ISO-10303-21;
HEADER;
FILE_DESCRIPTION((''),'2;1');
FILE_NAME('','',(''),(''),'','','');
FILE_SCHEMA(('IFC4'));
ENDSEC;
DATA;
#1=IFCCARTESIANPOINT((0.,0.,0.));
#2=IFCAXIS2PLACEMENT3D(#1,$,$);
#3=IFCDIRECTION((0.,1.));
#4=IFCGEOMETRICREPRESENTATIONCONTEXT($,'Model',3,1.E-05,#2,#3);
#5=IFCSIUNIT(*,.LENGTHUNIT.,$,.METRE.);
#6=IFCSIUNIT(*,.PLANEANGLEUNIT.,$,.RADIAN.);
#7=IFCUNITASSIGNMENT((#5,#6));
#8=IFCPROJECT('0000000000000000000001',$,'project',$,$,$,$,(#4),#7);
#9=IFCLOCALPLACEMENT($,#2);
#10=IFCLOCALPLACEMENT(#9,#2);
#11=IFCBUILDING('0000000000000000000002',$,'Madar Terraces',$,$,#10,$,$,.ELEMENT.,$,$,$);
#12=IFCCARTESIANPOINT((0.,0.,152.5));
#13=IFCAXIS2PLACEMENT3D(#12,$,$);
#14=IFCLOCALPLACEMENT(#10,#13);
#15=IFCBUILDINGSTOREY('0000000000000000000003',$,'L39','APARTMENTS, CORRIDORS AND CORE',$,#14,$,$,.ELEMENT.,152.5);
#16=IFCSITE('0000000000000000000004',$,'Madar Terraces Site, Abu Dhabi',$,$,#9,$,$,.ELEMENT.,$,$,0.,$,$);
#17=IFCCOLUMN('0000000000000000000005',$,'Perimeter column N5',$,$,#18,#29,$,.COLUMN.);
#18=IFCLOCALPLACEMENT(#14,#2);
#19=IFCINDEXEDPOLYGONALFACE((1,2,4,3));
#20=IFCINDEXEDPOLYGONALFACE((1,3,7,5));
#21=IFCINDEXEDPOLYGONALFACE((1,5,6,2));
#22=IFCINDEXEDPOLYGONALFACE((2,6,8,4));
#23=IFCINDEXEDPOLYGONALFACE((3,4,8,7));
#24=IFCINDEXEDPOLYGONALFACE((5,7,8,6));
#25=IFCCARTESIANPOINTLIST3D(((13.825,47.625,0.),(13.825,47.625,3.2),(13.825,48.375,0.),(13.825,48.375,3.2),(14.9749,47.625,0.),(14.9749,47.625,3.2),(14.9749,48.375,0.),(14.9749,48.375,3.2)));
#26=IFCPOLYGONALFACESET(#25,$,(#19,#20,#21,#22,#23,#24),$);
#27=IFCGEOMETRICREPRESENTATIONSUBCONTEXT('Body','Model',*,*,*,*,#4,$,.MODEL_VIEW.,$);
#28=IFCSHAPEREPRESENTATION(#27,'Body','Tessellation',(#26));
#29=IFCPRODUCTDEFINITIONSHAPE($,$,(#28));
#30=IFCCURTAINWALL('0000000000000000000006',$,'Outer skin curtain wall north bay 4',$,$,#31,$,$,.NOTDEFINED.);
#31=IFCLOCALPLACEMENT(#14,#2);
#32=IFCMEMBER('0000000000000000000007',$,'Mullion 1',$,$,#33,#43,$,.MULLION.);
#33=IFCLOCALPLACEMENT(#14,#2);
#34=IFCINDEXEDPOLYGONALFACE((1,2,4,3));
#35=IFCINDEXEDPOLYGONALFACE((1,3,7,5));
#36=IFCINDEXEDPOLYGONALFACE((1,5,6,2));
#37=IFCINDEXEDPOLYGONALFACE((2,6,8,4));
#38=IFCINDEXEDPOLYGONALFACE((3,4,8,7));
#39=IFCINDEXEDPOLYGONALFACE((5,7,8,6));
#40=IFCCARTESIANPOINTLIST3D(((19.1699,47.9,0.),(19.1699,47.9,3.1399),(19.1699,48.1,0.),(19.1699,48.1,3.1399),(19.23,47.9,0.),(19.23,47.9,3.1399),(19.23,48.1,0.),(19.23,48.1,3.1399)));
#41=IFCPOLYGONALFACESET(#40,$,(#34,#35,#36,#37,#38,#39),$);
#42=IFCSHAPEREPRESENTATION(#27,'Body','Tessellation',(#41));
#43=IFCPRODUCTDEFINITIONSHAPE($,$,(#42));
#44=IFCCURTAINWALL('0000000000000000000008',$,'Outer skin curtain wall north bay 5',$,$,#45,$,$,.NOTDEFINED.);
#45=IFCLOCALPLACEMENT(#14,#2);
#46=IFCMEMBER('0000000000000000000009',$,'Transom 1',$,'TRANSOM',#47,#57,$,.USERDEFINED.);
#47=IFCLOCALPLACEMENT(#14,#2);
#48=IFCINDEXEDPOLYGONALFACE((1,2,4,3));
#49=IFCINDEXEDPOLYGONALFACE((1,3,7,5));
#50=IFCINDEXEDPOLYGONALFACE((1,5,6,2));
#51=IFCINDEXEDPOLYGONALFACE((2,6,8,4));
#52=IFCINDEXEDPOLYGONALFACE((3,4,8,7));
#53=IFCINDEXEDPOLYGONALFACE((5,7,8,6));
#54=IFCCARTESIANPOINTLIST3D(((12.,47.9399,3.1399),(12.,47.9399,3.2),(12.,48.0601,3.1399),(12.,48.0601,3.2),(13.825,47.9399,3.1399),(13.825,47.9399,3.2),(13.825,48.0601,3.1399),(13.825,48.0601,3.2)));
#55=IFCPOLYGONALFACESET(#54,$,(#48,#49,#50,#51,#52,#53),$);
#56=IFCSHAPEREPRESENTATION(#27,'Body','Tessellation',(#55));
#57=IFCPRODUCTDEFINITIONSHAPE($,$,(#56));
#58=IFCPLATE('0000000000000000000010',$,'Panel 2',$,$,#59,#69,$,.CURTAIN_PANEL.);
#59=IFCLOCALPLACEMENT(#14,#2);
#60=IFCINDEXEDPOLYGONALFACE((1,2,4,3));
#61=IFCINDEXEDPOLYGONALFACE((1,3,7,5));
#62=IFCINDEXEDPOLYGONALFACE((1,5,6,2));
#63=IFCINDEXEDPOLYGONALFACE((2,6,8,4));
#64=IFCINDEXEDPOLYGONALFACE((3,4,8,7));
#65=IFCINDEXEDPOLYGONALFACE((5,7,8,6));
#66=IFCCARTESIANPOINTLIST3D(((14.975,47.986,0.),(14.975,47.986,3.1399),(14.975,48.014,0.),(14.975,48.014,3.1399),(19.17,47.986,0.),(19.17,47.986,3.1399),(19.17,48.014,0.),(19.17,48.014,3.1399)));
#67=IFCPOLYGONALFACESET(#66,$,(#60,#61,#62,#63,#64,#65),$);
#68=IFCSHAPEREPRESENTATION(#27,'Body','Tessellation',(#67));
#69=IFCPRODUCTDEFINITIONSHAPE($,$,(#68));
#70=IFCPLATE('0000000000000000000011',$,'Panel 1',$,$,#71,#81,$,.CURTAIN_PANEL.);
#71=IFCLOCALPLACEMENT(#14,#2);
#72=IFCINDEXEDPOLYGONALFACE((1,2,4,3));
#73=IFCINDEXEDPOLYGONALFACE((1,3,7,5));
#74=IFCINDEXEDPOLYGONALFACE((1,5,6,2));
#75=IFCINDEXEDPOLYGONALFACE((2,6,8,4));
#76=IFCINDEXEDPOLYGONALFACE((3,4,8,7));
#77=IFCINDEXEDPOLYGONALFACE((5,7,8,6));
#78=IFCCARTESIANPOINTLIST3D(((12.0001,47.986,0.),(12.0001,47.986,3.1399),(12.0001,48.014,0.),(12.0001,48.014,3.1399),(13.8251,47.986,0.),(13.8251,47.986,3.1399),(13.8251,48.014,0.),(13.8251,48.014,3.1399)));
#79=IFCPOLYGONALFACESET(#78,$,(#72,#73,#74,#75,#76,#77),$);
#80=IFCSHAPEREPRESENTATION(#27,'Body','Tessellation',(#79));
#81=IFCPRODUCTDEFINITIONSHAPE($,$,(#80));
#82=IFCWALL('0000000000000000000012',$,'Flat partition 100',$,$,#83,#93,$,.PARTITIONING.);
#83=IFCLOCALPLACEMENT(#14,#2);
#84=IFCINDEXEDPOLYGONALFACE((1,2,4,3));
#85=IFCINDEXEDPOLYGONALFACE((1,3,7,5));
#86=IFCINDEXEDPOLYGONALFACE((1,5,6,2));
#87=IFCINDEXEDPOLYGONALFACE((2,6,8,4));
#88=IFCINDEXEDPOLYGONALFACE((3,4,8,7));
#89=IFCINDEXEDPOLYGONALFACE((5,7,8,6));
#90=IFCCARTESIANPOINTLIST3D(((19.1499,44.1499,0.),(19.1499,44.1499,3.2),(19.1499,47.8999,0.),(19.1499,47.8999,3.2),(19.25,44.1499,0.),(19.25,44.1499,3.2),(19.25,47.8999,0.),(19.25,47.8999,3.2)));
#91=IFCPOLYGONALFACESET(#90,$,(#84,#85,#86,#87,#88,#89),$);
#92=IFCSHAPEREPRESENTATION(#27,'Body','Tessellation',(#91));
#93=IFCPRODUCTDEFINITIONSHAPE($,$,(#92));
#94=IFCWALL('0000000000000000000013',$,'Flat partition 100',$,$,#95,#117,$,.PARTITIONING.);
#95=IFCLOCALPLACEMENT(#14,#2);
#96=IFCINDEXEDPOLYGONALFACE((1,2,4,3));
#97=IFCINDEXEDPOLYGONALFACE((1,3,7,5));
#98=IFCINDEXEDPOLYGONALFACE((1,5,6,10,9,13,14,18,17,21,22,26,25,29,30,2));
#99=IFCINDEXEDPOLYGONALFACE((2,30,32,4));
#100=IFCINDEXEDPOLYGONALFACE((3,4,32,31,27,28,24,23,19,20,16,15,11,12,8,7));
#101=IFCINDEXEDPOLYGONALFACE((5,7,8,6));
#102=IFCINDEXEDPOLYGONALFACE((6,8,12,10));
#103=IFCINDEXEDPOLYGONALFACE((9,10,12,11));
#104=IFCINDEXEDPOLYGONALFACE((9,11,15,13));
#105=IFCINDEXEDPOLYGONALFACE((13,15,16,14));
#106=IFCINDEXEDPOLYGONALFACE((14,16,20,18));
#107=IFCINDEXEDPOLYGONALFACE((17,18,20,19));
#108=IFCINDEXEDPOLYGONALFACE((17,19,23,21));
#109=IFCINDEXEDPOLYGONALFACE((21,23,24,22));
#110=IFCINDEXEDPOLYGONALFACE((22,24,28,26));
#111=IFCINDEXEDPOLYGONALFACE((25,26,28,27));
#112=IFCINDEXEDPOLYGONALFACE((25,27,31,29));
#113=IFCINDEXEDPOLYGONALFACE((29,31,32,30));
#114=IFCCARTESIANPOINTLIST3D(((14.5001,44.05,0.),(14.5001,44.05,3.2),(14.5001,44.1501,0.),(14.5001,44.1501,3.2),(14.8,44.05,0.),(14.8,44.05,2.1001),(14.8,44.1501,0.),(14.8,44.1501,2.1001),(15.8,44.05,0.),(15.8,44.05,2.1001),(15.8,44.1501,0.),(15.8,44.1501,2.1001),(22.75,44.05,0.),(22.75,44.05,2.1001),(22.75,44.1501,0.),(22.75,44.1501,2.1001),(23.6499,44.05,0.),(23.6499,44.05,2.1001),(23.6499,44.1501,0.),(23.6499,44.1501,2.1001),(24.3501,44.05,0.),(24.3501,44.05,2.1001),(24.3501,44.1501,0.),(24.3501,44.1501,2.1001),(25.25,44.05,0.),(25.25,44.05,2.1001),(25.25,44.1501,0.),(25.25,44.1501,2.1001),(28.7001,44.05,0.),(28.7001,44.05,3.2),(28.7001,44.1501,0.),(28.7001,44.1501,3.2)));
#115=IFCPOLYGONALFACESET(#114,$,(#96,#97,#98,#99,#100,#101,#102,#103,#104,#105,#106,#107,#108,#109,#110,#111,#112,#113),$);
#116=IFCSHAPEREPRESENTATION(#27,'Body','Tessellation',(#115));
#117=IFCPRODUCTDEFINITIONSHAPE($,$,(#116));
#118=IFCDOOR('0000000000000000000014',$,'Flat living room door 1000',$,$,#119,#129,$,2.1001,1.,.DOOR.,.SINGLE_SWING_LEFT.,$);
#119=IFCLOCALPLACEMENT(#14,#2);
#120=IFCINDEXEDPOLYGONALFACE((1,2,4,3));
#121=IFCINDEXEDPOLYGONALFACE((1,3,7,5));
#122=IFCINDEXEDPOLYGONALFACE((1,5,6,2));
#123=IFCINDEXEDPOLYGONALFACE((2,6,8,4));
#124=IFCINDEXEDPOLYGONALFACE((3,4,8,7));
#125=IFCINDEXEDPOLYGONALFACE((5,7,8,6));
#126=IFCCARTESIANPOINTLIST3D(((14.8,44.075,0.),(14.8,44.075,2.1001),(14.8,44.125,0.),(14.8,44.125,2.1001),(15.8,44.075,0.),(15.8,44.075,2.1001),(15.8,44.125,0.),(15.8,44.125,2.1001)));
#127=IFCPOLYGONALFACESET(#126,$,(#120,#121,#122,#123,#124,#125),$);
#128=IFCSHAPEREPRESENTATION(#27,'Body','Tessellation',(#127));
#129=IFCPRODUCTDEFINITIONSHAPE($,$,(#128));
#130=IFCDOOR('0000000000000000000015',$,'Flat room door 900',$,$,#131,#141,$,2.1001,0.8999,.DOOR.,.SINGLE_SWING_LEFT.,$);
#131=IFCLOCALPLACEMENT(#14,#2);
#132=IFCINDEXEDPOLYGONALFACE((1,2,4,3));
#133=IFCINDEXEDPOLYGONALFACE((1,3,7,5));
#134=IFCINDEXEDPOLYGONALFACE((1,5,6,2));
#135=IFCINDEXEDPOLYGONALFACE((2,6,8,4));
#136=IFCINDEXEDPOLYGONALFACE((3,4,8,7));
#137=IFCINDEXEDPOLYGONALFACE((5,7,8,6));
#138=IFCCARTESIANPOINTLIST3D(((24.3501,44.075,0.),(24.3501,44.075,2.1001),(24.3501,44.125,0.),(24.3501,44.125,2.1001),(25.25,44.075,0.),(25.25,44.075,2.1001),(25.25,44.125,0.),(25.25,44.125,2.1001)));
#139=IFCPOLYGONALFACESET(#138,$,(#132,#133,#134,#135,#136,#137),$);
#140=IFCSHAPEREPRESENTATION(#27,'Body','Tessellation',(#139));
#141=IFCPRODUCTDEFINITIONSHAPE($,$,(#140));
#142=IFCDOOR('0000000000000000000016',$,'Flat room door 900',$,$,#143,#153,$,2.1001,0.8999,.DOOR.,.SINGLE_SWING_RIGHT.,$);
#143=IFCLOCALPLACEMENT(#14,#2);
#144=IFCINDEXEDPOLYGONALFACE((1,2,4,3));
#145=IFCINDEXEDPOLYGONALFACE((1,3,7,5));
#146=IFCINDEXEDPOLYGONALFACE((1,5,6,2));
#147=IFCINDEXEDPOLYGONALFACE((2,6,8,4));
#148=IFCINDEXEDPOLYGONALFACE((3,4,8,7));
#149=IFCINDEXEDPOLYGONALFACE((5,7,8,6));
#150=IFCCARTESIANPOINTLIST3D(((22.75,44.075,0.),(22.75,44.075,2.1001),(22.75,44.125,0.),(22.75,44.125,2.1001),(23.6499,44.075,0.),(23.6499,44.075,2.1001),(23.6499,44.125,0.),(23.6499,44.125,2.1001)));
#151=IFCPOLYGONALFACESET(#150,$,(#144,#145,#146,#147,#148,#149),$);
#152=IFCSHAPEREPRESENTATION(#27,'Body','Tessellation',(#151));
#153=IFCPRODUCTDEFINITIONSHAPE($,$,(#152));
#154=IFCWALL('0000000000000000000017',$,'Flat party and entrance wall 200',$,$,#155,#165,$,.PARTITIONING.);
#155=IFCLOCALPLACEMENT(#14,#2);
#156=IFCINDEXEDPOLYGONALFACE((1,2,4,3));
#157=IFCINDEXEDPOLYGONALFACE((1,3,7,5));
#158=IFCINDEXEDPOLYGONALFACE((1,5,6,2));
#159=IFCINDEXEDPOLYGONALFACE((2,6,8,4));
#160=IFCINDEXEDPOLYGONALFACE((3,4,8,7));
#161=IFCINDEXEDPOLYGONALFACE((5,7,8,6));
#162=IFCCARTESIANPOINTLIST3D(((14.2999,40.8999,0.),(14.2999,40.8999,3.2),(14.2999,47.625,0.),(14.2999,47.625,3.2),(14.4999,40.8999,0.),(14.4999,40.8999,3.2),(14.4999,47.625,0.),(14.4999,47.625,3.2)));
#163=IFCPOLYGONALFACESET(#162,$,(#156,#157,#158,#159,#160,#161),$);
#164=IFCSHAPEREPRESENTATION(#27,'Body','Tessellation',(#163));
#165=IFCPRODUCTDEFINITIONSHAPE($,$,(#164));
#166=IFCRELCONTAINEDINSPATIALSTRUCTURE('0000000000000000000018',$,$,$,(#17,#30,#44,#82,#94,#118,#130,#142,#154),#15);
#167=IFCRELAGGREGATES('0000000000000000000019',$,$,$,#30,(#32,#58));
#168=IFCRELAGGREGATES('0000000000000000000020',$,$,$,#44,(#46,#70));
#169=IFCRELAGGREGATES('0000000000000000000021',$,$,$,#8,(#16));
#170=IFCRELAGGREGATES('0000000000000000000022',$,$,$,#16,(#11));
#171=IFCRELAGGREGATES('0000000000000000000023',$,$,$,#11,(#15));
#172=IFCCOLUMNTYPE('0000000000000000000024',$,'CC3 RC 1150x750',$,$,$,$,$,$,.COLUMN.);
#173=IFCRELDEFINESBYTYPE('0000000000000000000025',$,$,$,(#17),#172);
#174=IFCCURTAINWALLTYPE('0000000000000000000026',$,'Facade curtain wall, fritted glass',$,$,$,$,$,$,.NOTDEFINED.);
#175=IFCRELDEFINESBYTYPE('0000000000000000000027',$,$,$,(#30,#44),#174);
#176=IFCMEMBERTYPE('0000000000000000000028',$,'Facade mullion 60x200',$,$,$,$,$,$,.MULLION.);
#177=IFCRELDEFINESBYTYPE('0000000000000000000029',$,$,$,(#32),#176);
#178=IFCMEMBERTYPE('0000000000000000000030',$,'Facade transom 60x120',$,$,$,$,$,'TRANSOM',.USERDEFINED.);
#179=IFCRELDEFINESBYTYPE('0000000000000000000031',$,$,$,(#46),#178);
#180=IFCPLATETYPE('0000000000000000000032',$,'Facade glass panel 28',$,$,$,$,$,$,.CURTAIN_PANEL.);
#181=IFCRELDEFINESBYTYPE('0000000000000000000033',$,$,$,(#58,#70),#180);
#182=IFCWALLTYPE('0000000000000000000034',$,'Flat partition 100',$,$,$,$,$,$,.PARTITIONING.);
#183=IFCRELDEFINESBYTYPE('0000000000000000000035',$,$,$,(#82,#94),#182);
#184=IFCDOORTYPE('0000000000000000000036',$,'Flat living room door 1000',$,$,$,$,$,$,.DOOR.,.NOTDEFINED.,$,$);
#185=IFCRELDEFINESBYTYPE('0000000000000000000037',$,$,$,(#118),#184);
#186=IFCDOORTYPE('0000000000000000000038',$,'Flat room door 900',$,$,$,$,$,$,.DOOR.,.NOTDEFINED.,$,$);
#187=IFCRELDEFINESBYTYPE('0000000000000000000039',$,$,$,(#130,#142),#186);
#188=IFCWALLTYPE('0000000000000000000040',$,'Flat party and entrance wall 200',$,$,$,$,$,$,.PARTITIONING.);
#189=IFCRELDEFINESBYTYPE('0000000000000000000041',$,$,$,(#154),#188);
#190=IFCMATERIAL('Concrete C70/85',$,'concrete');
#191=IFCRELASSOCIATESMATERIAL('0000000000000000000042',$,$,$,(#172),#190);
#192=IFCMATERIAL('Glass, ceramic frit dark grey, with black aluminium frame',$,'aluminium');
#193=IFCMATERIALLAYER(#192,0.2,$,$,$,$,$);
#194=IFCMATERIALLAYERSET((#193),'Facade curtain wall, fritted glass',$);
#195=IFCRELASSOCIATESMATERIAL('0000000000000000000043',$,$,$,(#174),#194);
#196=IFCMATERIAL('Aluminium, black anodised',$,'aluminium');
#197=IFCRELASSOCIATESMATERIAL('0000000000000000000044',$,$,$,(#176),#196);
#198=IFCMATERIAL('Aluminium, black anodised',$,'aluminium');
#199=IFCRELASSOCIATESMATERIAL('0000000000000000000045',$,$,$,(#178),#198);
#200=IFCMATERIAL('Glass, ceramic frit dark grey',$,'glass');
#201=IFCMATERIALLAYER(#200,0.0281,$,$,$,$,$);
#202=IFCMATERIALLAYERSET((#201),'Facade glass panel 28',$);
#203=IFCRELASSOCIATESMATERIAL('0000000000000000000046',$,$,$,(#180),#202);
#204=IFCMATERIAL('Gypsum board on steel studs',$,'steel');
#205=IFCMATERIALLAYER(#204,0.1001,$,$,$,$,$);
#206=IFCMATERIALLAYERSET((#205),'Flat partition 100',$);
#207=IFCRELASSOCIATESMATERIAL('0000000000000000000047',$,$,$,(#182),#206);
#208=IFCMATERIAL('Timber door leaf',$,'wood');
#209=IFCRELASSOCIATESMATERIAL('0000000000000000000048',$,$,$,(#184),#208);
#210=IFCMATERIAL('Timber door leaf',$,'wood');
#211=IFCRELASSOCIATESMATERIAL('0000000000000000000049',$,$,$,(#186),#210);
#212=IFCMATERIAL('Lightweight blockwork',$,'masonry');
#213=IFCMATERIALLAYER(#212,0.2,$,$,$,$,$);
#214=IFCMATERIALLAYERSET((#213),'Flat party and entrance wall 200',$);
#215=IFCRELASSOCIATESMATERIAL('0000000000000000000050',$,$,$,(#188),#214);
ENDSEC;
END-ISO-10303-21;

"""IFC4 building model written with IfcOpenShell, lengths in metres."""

from ifc_helpers import new_model, si_unit, direction, frame, frame_2d, origin, origin_2d, place, context, subcontext, project, spatial, rectangle, extrude, material, layer, layer_set, material_profile, profile_set, type_object, element, fill, aggregate, save


model = new_model("IFC4")

# Units and contexts
model_context = context("Model", 3, precision=1e-05, world=origin(), true_north=direction((0.0, 1.0)))
body_context = subcontext(model_context, "Body", "Model", "MODEL_VIEW")
ifc_project = project(units=[si_unit("LENGTHUNIT", "METRE"), si_unit("PLANEANGLEUNIT", "RADIAN")], contexts=[model_context])

# Site, building, storey
site_placement = place(None, origin())
site = spatial("IfcSite", under=ifc_project, at=site_placement, Name="Madar Terraces Site, Abu Dhabi", CompositionType="ELEMENT", RefElevation=0.0)
building_placement = place(site_placement, origin())
building = spatial("IfcBuilding", under=site, at=building_placement, Name="Madar Terraces", CompositionType="ELEMENT")
storey_placement = place(building_placement, frame((0.0, 0.0, 152.5)))
storey = spatial("IfcBuildingStorey", under=building, at=storey_placement, Name="L39", Description="APARTMENTS, CORRIDORS AND CORE", CompositionType="ELEMENT", Elevation=152.5)

# Column
ifc_material_1 = material(Name="Concrete C70/85", Category="concrete")
ifc_material_profile_1 = material_profile(ifc_material_1, rectangle(XDim=1.1499, YDim=0.75, at=origin_2d()), Name="CC3 RC 1150x750")
ifc_profile_set_1 = profile_set([ifc_material_profile_1], Name="Concrete C70/85")
column_type = type_object("IfcColumnType", Name="CC3 RC 1150x750", PredefinedType="COLUMN", material=ifc_profile_set_1)
column_placement = place(storey_placement, frame((14.3999, 48.0, 0.0), z_axis=(0.0, 0.0, 1.0), x_axis=(1.0, 0.0, 0.0)))
element("IfcColumn", 1, at=column_placement, inside=storey, type_object=column_type, Name="Perimeter column N5", PredefinedType="COLUMN", context=body_context, shape_type="SweptSolid", body=[
    extrude(rectangle(XDim=1.1499, YDim=0.75, at=origin_2d()), origin(), (0.0, 0.0, 1.0), 3.2),
])

# Curtain walls, members
ifc_material_2 = material(Name="Glass, ceramic frit dark grey, with black aluminium frame", Category="aluminium")
ifc_layer_1 = layer(ifc_material_2, 0.2)
ifc_layer_set_1 = layer_set([ifc_layer_1], Name="Facade curtain wall, fritted glass")
curtain_wall_type = type_object("IfcCurtainWallType", Name="Facade curtain wall, fritted glass", PredefinedType="NOTDEFINED", material=ifc_layer_set_1)
curtain_wall_1_placement = place(storey_placement, origin())
curtain_wall_1 = element("IfcCurtainWall", 2, at=curtain_wall_1_placement, inside=storey, type_object=curtain_wall_type, Name="Outer skin curtain wall north bay 4", PredefinedType="NOTDEFINED")
ifc_material_3 = material(Name="Aluminium, black anodised", Category="aluminium")
ifc_material_profile_2 = material_profile(ifc_material_3, rectangle(XDim=0.2, YDim=0.0601, at=origin_2d()), Name="Facade mullion 60x200")
ifc_profile_set_2 = profile_set([ifc_material_profile_2], Name="Aluminium, black anodised")
member_type_1 = type_object("IfcMemberType", Name="Facade mullion 60x200", PredefinedType="MULLION", material=ifc_profile_set_2)
member_1_placement = place(storey_placement, frame((19.2, 48.0, 0.0), z_axis=(0.0, 0.0, 1.0), x_axis=(0.0, -1.0, 0.0)))
member_1 = element("IfcMember", 3, at=member_1_placement, type_object=member_type_1, Name="Mullion 1", PredefinedType="MULLION", context=body_context, shape_type="SweptSolid", body=[
    extrude(rectangle(XDim=0.2, YDim=0.0601, at=origin_2d()), origin(), (0.0, 0.0, 1.0), 3.1399),
])
curtain_wall_2_placement = place(storey_placement, origin())
curtain_wall_2 = element("IfcCurtainWall", 4, at=curtain_wall_2_placement, inside=storey, type_object=curtain_wall_type, Name="Outer skin curtain wall north bay 5", PredefinedType="NOTDEFINED")
ifc_material_4 = material(Name="Aluminium, black anodised", Category="aluminium")
ifc_material_profile_3 = material_profile(ifc_material_4, rectangle(XDim=0.1201, YDim=0.0601, at=origin_2d()), Name="Facade transom 60x120")
ifc_profile_set_3 = profile_set([ifc_material_profile_3], Name="Aluminium, black anodised")
member_type_2 = type_object("IfcMemberType", Name="Facade transom 60x120", ElementType="TRANSOM", PredefinedType="USERDEFINED", material=ifc_profile_set_3)
member_2_placement = place(storey_placement, frame((13.825, 48.0, 3.1699), z_axis=(-1.0, 0.0, 0.0), x_axis=(0.0, -1.0, 0.0)))
member_2 = element("IfcMember", 5, at=member_2_placement, type_object=member_type_2, Name="Transom 1", ObjectType="TRANSOM", PredefinedType="USERDEFINED", context=body_context, shape_type="SweptSolid", body=[
    extrude(rectangle(XDim=0.1201, YDim=0.0601, at=origin_2d()), origin(), (0.0, 0.0, 1.0), 1.825),
])

# Plates
ifc_material_5 = material(Name="Glass, ceramic frit dark grey", Category="glass")
ifc_layer_2 = layer(ifc_material_5, 0.0281)
ifc_layer_set_2 = layer_set([ifc_layer_2], Name="Facade glass panel 28")
plate_type = type_object("IfcPlateType", Name="Facade glass panel 28", PredefinedType="CURTAIN_PANEL", material=ifc_layer_set_2)
plate_1_placement = place(storey_placement, frame((17.0725, 48.0, 0.0), z_axis=(0.0, 0.0, 1.0), x_axis=(-1.0, 0.0, 0.0)))
plate_1 = element("IfcPlate", 6, at=plate_1_placement, type_object=plate_type, Name="Panel 2", PredefinedType="CURTAIN_PANEL", context=body_context, shape_type="SweptSolid", body=[
    extrude(rectangle(XDim=4.1951, YDim=0.0281, at=origin_2d()), origin(), (0.0, 0.0, 1.0), 3.1399),
])
aggregate(curtain_wall_1, [member_1, plate_1])
plate_2_placement = place(storey_placement, frame((12.9126, 48.0, 0.0), z_axis=(0.0, 0.0, 1.0), x_axis=(-1.0, 0.0, 0.0)))
plate_2 = element("IfcPlate", 7, at=plate_2_placement, type_object=plate_type, Name="Panel 1", PredefinedType="CURTAIN_PANEL", context=body_context, shape_type="SweptSolid", body=[
    extrude(rectangle(XDim=1.825, YDim=0.0281, at=origin_2d()), origin(), (0.0, 0.0, 1.0), 3.1399),
])
aggregate(curtain_wall_2, [member_2, plate_2])

# Wall
ifc_material_6 = material(Name="Gypsum board on steel studs", Category="steel")
ifc_layer_3 = layer(ifc_material_6, 0.1001)
ifc_layer_set_3 = layer_set([ifc_layer_3], Name="Flat partition 100")
wall_type_1 = type_object("IfcWallType", Name="Flat partition 100", PredefinedType="PARTITIONING", material=ifc_layer_set_3)
wall_1_placement = place(storey_placement, frame((19.2, 44.1499, 0.0), z_axis=(0.0, 0.0, 1.0), x_axis=(0.0, 1.0, 0.0)))
element("IfcWall", 8, at=wall_1_placement, inside=storey, type_object=wall_type_1, Name="Flat partition 100", PredefinedType="PARTITIONING", context=body_context, shape_type="SweptSolid", body=[
    extrude(rectangle(XDim=3.75, YDim=0.1001, at=frame_2d((1.875, 0.0))), origin(), (0.0, 0.0, 1.0), 3.2),
])

# Wall, openings, doors
wall_2_placement = place(storey_placement, frame((14.5, 44.1001, 0.0), z_axis=(0.0, 0.0, 1.0), x_axis=(1.0, 0.0, 0.0)))
wall_2 = element("IfcWall", 9, at=wall_2_placement, inside=storey, type_object=wall_type_1, Name="Flat partition 100", PredefinedType="PARTITIONING", context=body_context, shape_type="SweptSolid", body=[
    extrude(rectangle(XDim=14.2, YDim=0.1001, at=frame_2d((7.1001, 0.0))), origin(), (0.0, 0.0, 1.0), 3.2),
])
opening_1_placement = place(wall_2_placement, frame((9.8501, 0.0, 0.0)))
opening_1 = element("IfcOpeningElement", 10, at=opening_1_placement, cuts=wall_2, PredefinedType="OPENING", context=body_context, shape_type="SweptSolid", body=[
    extrude(rectangle(XDim=0.8999, YDim=2.1001, at=frame_2d((0.45, 1.05))), frame((0.0, 0.0601, 0.0), z_axis=(0.0, -1.0, 0.0), x_axis=(1.0, 0.0, 0.0)), (0.0, 0.0, 1.0), 0.1201),
])
opening_2_placement = place(wall_2_placement, frame((8.25, 0.0, 0.0)))
opening_2 = element("IfcOpeningElement", 11, at=opening_2_placement, cuts=wall_2, PredefinedType="OPENING", context=body_context, shape_type="SweptSolid", body=[
    extrude(rectangle(XDim=0.8999, YDim=2.1001, at=frame_2d((0.45, 1.05))), frame((0.0, 0.0601, 0.0), z_axis=(0.0, -1.0, 0.0), x_axis=(1.0, 0.0, 0.0)), (0.0, 0.0, 1.0), 0.1201),
])
opening_3_placement = place(wall_2_placement, frame((0.3, 0.0, 0.0)))
opening_3 = element("IfcOpeningElement", 12, at=opening_3_placement, cuts=wall_2, PredefinedType="OPENING", context=body_context, shape_type="SweptSolid", body=[
    extrude(rectangle(XDim=1.0, YDim=2.1001, at=frame_2d((0.5, 1.05))), frame((0.0, 0.0601, 0.0), z_axis=(0.0, -1.0, 0.0), x_axis=(1.0, 0.0, 0.0)), (0.0, 0.0, 1.0), 0.1201),
])
ifc_material_7 = material(Name="Timber door leaf", Category="wood")
door_type_1 = type_object("IfcDoorType", Name="Flat living room door 1000", OperationType="NOTDEFINED", PredefinedType="DOOR", material=ifc_material_7)
door_1_placement = place(opening_3_placement, origin())
door_1 = element("IfcDoor", 13, at=door_1_placement, inside=storey, type_object=door_type_1, Name="Flat living room door 1000", OperationType="SINGLE_SWING_LEFT", OverallHeight=2.1001, OverallWidth=1.0, PredefinedType="DOOR", context=body_context, shape_type="SweptSolid", body=[
    extrude(rectangle(XDim=1.0, YDim=2.1001, at=frame_2d((0.5, 1.05))), frame((0.0, 0.0249, 0.0), z_axis=(0.0, -1.0, 0.0), x_axis=(1.0, 0.0, 0.0)), (0.0, 0.0, 1.0), 0.05),
])
fill(opening_3, door_1)
ifc_material_8 = material(Name="Timber door leaf", Category="wood")
door_type_2 = type_object("IfcDoorType", Name="Flat room door 900", OperationType="NOTDEFINED", PredefinedType="DOOR", material=ifc_material_8)
door_2_placement = place(opening_1_placement, origin())
door_2 = element("IfcDoor", 14, at=door_2_placement, inside=storey, type_object=door_type_2, Name="Flat room door 900", OperationType="SINGLE_SWING_LEFT", OverallHeight=2.1001, OverallWidth=0.8999, PredefinedType="DOOR", context=body_context, shape_type="SweptSolid", body=[
    extrude(rectangle(XDim=0.8999, YDim=2.1001, at=frame_2d((0.45, 1.05))), frame((0.0, 0.0249, 0.0), z_axis=(0.0, -1.0, 0.0), x_axis=(1.0, 0.0, 0.0)), (0.0, 0.0, 1.0), 0.05),
])
fill(opening_1, door_2)
door_3_placement = place(opening_2_placement, origin())
door_3 = element("IfcDoor", 15, at=door_3_placement, inside=storey, type_object=door_type_2, Name="Flat room door 900", OperationType="SINGLE_SWING_RIGHT", OverallHeight=2.1001, OverallWidth=0.8999, PredefinedType="DOOR", context=body_context, shape_type="SweptSolid", body=[
    extrude(rectangle(XDim=0.8999, YDim=2.1001, at=frame_2d((0.45, 1.05))), frame((0.0, 0.0249, 0.0), z_axis=(0.0, -1.0, 0.0), x_axis=(1.0, 0.0, 0.0)), (0.0, 0.0, 1.0), 0.05),
])
fill(opening_2, door_3)

# Wall
ifc_material_9 = material(Name="Lightweight blockwork", Category="masonry")
ifc_layer_4 = layer(ifc_material_9, 0.2)
ifc_layer_set_4 = layer_set([ifc_layer_4], Name="Flat party and entrance wall 200")
wall_type_2 = type_object("IfcWallType", Name="Flat party and entrance wall 200", PredefinedType="PARTITIONING", material=ifc_layer_set_4)
wall_3_placement = place(storey_placement, frame((14.3999, 47.625, 0.0), z_axis=(0.0, 0.0, 1.0), x_axis=(0.0, -1.0, 0.0)))
element("IfcWall", 16, at=wall_3_placement, inside=storey, type_object=wall_type_2, Name="Flat party and entrance wall 200", PredefinedType="PARTITIONING", context=body_context, shape_type="SweptSolid", body=[
    extrude(rectangle(XDim=6.7251, YDim=0.2, at=frame_2d((3.3625, 0.0))), origin(), (0.0, 0.0, 1.0), 3.2),
])

save(model, "model.ifc")
